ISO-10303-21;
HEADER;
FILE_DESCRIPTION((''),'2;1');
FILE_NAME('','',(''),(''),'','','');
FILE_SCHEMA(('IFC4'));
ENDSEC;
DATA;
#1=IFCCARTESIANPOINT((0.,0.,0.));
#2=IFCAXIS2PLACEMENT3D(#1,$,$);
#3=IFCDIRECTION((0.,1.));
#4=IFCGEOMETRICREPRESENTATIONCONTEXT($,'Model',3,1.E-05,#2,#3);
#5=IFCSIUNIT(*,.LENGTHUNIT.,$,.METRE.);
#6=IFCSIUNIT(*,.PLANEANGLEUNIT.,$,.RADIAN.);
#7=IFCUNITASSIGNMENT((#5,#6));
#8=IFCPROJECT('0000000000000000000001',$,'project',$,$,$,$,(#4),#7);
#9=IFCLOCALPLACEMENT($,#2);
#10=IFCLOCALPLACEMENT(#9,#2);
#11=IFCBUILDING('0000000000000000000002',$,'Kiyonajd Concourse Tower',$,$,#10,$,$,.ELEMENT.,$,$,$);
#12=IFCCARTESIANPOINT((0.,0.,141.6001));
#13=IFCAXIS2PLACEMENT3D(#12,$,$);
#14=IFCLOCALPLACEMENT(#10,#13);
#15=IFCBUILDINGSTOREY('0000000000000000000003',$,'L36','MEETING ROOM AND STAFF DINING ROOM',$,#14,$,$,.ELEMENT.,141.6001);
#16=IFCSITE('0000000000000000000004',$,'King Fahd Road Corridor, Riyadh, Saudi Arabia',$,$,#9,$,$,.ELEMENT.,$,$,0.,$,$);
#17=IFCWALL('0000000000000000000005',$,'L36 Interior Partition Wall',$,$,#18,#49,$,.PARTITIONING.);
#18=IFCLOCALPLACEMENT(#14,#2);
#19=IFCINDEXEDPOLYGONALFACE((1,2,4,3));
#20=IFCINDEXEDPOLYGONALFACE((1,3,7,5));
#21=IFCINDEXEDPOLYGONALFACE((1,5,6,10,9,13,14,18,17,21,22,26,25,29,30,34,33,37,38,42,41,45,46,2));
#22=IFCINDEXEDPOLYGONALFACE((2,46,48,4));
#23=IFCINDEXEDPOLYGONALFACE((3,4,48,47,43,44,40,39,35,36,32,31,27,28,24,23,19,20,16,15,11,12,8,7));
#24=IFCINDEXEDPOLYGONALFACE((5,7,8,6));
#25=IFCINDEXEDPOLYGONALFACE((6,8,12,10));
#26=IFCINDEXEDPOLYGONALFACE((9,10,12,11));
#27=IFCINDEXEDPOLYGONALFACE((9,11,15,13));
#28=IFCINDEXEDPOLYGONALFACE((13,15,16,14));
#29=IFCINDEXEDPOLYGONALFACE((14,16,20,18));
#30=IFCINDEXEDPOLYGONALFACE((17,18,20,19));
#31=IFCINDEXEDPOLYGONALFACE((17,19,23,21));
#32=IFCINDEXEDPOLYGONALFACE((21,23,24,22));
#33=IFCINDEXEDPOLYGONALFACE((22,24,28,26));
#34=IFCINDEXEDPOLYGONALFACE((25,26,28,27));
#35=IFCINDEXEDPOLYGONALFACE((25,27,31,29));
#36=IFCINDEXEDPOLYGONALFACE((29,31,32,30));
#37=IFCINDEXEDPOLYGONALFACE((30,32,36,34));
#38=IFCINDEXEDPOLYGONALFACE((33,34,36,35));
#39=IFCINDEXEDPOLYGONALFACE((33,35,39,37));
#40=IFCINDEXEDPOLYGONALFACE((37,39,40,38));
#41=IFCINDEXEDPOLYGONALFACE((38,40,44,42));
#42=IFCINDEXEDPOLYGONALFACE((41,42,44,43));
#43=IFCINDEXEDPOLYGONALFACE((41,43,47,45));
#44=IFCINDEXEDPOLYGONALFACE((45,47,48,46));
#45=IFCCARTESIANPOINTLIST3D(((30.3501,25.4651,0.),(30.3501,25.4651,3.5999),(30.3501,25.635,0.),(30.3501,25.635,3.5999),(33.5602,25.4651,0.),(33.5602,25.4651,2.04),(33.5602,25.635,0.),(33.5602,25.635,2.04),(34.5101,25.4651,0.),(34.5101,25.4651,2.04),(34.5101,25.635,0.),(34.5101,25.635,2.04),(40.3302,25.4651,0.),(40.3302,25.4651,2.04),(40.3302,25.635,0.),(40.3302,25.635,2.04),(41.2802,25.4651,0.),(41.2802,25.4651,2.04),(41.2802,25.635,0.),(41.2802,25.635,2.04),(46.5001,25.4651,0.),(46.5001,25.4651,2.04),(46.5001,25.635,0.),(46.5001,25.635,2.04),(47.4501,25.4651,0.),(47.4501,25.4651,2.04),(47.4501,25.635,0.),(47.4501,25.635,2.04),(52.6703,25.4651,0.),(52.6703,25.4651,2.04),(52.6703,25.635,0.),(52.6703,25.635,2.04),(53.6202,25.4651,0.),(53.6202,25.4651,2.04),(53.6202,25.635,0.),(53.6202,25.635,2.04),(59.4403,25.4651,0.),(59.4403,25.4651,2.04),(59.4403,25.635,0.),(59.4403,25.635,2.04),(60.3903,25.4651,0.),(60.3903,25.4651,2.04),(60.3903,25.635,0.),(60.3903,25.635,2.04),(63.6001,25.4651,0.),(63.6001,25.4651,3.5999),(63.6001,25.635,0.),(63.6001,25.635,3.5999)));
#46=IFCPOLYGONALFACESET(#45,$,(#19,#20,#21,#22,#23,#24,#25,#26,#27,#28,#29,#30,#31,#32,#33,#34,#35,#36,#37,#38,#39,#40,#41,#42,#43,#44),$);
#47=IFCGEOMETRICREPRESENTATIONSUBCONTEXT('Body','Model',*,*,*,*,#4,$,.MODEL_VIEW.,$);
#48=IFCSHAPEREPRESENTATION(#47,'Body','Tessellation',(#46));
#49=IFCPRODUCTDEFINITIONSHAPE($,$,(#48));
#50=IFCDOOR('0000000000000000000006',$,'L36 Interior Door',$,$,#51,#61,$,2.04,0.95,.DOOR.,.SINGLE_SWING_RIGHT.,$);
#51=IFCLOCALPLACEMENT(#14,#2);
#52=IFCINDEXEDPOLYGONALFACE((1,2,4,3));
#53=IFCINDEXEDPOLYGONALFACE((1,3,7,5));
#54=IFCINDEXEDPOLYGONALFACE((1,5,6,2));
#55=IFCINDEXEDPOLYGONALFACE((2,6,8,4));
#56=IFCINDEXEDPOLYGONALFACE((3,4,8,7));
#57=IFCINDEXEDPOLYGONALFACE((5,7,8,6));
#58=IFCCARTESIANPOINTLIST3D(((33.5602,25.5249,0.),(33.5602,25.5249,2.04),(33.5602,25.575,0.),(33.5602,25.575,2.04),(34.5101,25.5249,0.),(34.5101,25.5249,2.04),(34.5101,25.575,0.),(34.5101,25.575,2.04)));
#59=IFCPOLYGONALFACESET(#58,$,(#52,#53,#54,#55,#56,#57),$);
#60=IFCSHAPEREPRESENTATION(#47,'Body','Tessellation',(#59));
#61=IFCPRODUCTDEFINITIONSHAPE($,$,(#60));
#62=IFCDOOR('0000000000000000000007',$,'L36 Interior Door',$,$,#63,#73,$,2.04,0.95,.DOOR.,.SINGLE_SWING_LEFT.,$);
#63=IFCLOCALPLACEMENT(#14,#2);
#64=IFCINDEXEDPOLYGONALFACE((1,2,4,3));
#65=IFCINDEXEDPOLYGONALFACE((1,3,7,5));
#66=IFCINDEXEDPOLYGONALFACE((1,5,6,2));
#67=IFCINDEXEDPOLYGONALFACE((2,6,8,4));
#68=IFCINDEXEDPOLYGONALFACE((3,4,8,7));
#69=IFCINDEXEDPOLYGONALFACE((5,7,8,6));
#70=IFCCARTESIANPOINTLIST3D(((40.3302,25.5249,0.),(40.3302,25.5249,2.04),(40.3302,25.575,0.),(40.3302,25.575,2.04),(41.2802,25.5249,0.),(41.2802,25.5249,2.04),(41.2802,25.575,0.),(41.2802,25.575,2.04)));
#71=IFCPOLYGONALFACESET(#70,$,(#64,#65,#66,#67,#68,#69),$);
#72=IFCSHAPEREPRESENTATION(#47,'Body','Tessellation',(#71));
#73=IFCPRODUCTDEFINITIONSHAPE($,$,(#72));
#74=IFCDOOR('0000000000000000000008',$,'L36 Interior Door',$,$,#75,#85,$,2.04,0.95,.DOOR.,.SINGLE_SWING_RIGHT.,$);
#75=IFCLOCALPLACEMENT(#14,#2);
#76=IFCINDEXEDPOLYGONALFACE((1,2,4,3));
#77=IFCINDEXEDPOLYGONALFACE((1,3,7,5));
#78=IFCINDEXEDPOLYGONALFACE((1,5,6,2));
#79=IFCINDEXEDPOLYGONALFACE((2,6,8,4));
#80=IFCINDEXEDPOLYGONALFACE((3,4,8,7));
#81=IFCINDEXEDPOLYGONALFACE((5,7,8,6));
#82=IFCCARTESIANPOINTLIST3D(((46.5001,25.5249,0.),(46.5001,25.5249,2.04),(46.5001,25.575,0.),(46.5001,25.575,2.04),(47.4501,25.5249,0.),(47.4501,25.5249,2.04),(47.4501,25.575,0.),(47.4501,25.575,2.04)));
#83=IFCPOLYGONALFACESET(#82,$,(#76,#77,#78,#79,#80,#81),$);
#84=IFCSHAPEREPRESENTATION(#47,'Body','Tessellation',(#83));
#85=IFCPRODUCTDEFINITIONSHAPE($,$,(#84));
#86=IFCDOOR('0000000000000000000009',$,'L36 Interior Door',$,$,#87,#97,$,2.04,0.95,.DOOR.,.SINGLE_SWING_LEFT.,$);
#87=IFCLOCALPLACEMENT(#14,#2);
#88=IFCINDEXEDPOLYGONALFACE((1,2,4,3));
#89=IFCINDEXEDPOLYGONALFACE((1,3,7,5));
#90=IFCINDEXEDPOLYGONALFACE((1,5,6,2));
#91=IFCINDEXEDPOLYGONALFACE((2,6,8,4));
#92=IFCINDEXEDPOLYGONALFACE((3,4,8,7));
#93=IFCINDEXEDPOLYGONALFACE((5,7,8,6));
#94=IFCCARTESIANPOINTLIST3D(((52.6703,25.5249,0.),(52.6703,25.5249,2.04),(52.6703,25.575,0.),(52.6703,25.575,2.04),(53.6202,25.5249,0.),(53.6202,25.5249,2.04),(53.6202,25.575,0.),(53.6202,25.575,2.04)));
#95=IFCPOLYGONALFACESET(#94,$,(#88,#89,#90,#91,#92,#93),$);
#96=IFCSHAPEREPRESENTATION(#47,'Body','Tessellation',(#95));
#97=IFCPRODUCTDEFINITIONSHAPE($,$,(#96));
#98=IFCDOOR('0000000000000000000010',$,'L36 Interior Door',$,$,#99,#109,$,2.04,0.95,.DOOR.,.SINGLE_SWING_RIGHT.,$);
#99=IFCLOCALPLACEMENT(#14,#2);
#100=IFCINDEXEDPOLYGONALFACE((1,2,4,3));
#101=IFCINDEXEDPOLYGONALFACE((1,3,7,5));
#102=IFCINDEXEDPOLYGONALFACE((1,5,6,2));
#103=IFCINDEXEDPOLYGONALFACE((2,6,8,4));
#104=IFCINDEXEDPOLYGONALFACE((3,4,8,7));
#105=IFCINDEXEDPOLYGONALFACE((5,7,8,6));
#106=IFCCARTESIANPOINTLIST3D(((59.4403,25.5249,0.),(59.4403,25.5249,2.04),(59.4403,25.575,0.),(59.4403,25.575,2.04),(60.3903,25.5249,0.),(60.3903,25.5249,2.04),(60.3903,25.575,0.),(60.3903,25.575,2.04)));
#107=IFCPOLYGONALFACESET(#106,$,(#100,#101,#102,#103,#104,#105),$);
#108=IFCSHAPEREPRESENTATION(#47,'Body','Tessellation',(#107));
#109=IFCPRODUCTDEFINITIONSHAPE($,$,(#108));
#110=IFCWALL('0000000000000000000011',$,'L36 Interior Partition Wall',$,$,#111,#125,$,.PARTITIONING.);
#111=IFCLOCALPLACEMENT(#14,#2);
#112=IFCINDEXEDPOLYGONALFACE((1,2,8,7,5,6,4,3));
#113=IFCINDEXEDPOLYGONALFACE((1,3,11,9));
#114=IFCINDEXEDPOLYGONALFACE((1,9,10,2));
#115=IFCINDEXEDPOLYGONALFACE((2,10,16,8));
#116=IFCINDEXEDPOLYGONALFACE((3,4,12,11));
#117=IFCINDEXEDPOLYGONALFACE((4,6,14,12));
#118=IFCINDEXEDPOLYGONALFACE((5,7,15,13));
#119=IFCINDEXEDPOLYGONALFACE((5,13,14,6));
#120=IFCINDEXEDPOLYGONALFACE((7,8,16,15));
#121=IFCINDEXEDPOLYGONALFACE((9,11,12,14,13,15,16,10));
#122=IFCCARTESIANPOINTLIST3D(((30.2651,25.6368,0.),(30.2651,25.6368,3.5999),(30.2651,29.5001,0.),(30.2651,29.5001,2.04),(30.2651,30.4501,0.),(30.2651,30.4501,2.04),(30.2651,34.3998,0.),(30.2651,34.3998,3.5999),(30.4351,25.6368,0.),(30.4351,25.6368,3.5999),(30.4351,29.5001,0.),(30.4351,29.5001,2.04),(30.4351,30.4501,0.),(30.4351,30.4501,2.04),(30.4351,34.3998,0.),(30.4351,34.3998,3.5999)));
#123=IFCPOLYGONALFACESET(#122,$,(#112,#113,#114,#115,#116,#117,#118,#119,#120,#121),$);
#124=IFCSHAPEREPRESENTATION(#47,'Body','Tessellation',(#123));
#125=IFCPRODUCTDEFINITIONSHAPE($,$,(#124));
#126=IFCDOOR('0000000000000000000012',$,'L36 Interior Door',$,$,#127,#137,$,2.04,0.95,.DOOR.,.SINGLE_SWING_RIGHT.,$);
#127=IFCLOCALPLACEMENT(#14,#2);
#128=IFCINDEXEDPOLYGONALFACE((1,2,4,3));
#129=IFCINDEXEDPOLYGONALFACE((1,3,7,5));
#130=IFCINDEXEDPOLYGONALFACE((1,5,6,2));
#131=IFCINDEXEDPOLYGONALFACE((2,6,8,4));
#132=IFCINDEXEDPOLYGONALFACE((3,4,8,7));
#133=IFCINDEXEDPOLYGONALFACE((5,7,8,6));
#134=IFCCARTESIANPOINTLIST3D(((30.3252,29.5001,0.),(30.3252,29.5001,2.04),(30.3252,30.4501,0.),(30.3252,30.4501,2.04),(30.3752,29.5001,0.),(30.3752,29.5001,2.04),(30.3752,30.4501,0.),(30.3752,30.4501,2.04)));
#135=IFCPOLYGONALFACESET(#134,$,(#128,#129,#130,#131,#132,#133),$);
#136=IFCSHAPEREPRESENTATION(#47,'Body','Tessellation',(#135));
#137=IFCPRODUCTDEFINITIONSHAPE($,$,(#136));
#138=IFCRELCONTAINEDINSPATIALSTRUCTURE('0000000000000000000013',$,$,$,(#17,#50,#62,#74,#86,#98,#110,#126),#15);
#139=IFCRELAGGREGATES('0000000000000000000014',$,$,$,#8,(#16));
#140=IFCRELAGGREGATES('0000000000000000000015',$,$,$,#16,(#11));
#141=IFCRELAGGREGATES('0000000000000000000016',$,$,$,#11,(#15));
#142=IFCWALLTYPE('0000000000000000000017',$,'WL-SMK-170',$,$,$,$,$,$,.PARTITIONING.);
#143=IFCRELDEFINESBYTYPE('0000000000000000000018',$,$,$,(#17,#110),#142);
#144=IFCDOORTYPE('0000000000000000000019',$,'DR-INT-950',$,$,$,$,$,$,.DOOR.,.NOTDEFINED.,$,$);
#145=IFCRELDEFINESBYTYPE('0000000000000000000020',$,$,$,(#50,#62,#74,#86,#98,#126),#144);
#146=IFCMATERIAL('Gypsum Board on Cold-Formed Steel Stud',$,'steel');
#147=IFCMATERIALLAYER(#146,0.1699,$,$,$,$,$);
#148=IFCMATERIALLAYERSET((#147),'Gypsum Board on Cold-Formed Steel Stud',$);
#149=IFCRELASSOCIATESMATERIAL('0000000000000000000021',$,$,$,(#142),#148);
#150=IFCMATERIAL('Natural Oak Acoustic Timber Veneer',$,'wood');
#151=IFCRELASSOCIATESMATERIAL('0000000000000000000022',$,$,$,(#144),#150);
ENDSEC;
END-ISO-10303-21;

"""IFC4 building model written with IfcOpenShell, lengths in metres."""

from ifc_helpers import new_model, si_unit, direction, frame, frame_2d, origin, place, context, subcontext, project, spatial, rectangle, extrude, material, layer, layer_set, type_object, element, fill, save


model = new_model("IFC4")

# Units and contexts
model_context = context("Model", 3, precision=1e-05, world=origin(), true_north=direction((0.0, 1.0)))
body_context = subcontext(model_context, "Body", "Model", "MODEL_VIEW")
ifc_project = project(units=[si_unit("LENGTHUNIT", "METRE"), si_unit("PLANEANGLEUNIT", "RADIAN")], contexts=[model_context])

# Site, building, storey
site_placement = place(None, origin())
site = spatial("IfcSite", under=ifc_project, at=site_placement, Name="King Fahd Road Corridor, Riyadh, Saudi Arabia", CompositionType="ELEMENT", RefElevation=0.0)
building_placement = place(site_placement, origin())
building = spatial("IfcBuilding", under=site, at=building_placement, Name="Kiyonajd Concourse Tower", CompositionType="ELEMENT")
storey_placement = place(building_placement, frame((0.0, 0.0, 141.6001)))
storey = spatial("IfcBuildingStorey", under=building, at=storey_placement, Name="L36", Description="MEETING ROOM AND STAFF DINING ROOM", CompositionType="ELEMENT", Elevation=141.6001)

# Shared definitions
ifc_material_1 = material(Name="Gypsum Board on Cold-Formed Steel Stud", Category="steel")

# Wall, openings, doors
ifc_layer_1 = layer(ifc_material_1, 0.1699)
ifc_layer_set_1 = layer_set([ifc_layer_1], Name="Gypsum Board on Cold-Formed Steel Stud")
wall_type_1 = type_object("IfcWallType", Name="WL-SMK-170", PredefinedType="PARTITIONING", material=ifc_layer_set_1)
wall_1_placement = place(storey_placement, frame((30.3501, 25.55, 0.0), z_axis=(0.0, 0.0, 1.0), x_axis=(1.0, 0.0, 0.0)))
wall_1 = element("IfcWall", 1, at=wall_1_placement, inside=storey, type_object=wall_type_1, Name="L36 Interior Partition Wall", PredefinedType="PARTITIONING", context=body_context, shape_type="SweptSolid", body=[
    extrude(rectangle(XDim=33.25, YDim=0.1699, at=frame_2d((16.625, 0.0))), origin(), (0.0, 0.0, 1.0), 3.5999),
])
opening_1_placement = place(wall_1_placement, frame((3.21, 0.0, 0.0)))
opening_1 = element("IfcOpeningElement", 2, at=opening_1_placement, cuts=wall_1, PredefinedType="OPENING", context=body_context, shape_type="SweptSolid", body=[
    extrude(rectangle(XDim=0.95, YDim=2.04, at=frame_2d((0.4751, 1.02))), frame((0.0, 0.095, 0.0), z_axis=(0.0, -1.0, 0.0), x_axis=(1.0, 0.0, 0.0)), (0.0, 0.0, 1.0), 0.1899),
])
opening_2_placement = place(wall_1_placement, frame((9.98, 0.0, 0.0)))
opening_2 = element("IfcOpeningElement", 3, at=opening_2_placement, cuts=wall_1, PredefinedType="OPENING", context=body_context, shape_type="SweptSolid", body=[
    extrude(rectangle(XDim=0.95, YDim=2.04, at=frame_2d((0.4751, 1.02))), frame((0.0, 0.095, 0.0), z_axis=(0.0, -1.0, 0.0), x_axis=(1.0, 0.0, 0.0)), (0.0, 0.0, 1.0), 0.1899),
])
opening_3_placement = place(wall_1_placement, frame((16.1499, 0.0, 0.0)))
opening_3 = element("IfcOpeningElement", 4, at=opening_3_placement, cuts=wall_1, PredefinedType="OPENING", context=body_context, shape_type="SweptSolid", body=[
    extrude(rectangle(XDim=0.95, YDim=2.04, at=frame_2d((0.4751, 1.02))), frame((0.0, 0.095, 0.0), z_axis=(0.0, -1.0, 0.0), x_axis=(1.0, 0.0, 0.0)), (0.0, 0.0, 1.0), 0.1899),
])
opening_4_placement = place(wall_1_placement, frame((22.3201, 0.0, 0.0)))
opening_4 = element("IfcOpeningElement", 5, at=opening_4_placement, cuts=wall_1, PredefinedType="OPENING", context=body_context, shape_type="SweptSolid", body=[
    extrude(rectangle(XDim=0.95, YDim=2.04, at=frame_2d((0.4751, 1.02))), frame((0.0, 0.095, 0.0), z_axis=(0.0, -1.0, 0.0), x_axis=(1.0, 0.0, 0.0)), (0.0, 0.0, 1.0), 0.1899),
])
opening_5_placement = place(wall_1_placement, frame((29.0901, 0.0, 0.0)))
opening_5 = element("IfcOpeningElement", 6, at=opening_5_placement, cuts=wall_1, PredefinedType="OPENING", context=body_context, shape_type="SweptSolid", body=[
    extrude(rectangle(XDim=0.95, YDim=2.04, at=frame_2d((0.4751, 1.02))), frame((0.0, 0.095, 0.0), z_axis=(0.0, -1.0, 0.0), x_axis=(1.0, 0.0, 0.0)), (0.0, 0.0, 1.0), 0.1899),
])
ifc_material_2 = material(Name="Natural Oak Acoustic Timber Veneer", Category="wood")
door_type = type_object("IfcDoorType", Name="DR-INT-950", OperationType="NOTDEFINED", PredefinedType="DOOR", material=ifc_material_2)
door_1_placement = place(opening_1_placement, origin())
door_1 = element("IfcDoor", 7, at=door_1_placement, inside=storey, type_object=door_type, Name="L36 Interior Door", OperationType="SINGLE_SWING_RIGHT", OverallHeight=2.04, OverallWidth=0.95, PredefinedType="DOOR", context=body_context, shape_type="SweptSolid", body=[
    extrude(rectangle(XDim=0.95, YDim=2.04, at=frame_2d((0.4751, 1.02))), frame((0.0, 0.0249, 0.0), z_axis=(0.0, -1.0, 0.0), x_axis=(1.0, 0.0, 0.0)), (0.0, 0.0, 1.0), 0.05),
])
fill(opening_1, door_1)
door_2_placement = place(opening_2_placement, origin())
door_2 = element("IfcDoor", 8, at=door_2_placement, inside=storey, type_object=door_type, Name="L36 Interior Door", OperationType="SINGLE_SWING_LEFT", OverallHeight=2.04, OverallWidth=0.95, PredefinedType="DOOR", context=body_context, shape_type="SweptSolid", body=[
    extrude(rectangle(XDim=0.95, YDim=2.04, at=frame_2d((0.4751, 1.02))), frame((0.0, 0.0249, 0.0), z_axis=(0.0, -1.0, 0.0), x_axis=(1.0, 0.0, 0.0)), (0.0, 0.0, 1.0), 0.05),
])
fill(opening_2, door_2)
door_3_placement = place(opening_3_placement, origin())
door_3 = element("IfcDoor", 9, at=door_3_placement, inside=storey, type_object=door_type, Name="L36 Interior Door", OperationType="SINGLE_SWING_RIGHT", OverallHeight=2.04, OverallWidth=0.95, PredefinedType="DOOR", context=body_context, shape_type="SweptSolid", body=[
    extrude(rectangle(XDim=0.95, YDim=2.04, at=frame_2d((0.4751, 1.02))), frame((0.0, 0.0249, 0.0), z_axis=(0.0, -1.0, 0.0), x_axis=(1.0, 0.0, 0.0)), (0.0, 0.0, 1.0), 0.05),
])
fill(opening_3, door_3)
door_4_placement = place(opening_4_placement, origin())
door_4 = element("IfcDoor", 10, at=door_4_placement, inside=storey, type_object=door_type, Name="L36 Interior Door", OperationType="SINGLE_SWING_LEFT", OverallHeight=2.04, OverallWidth=0.95, PredefinedType="DOOR", context=body_context, shape_type="SweptSolid", body=[
    extrude(rectangle(XDim=0.95, YDim=2.04, at=frame_2d((0.4751, 1.02))), frame((0.0, 0.0249, 0.0), z_axis=(0.0, -1.0, 0.0), x_axis=(1.0, 0.0, 0.0)), (0.0, 0.0, 1.0), 0.05),
])
fill(opening_4, door_4)
door_5_placement = place(opening_5_placement, origin())
door_5 = element("IfcDoor", 11, at=door_5_placement, inside=storey, type_object=door_type, Name="L36 Interior Door", OperationType="SINGLE_SWING_RIGHT", OverallHeight=2.04, OverallWidth=0.95, PredefinedType="DOOR", context=body_context, shape_type="SweptSolid", body=[
    extrude(rectangle(XDim=0.95, YDim=2.04, at=frame_2d((0.4751, 1.02))), frame((0.0, 0.0249, 0.0), z_axis=(0.0, -1.0, 0.0), x_axis=(1.0, 0.0, 0.0)), (0.0, 0.0, 1.0), 0.05),
])
fill(opening_5, door_5)

# Wall, opening, door
wall_2_placement = place(storey_placement, frame((30.3501, 25.637, 0.0), z_axis=(0.0, 0.0, 1.0), x_axis=(0.0, 1.0, 0.0)))
wall_2 = element("IfcWall", 12, at=wall_2_placement, inside=storey, type_object=wall_type_1, Name="L36 Interior Partition Wall", PredefinedType="PARTITIONING", context=body_context, shape_type="SweptSolid", body=[
    extrude(rectangle(XDim=8.7629, YDim=0.1699, at=frame_2d((4.3813, 0.0))), origin(), (0.0, 0.0, 1.0), 3.5999),
])
opening_6_placement = place(wall_2_placement, frame((3.863, 0.0, 0.0)))
opening_6 = element("IfcOpeningElement", 13, at=opening_6_placement, cuts=wall_2, PredefinedType="OPENING", context=body_context, shape_type="SweptSolid", body=[
    extrude(rectangle(XDim=0.95, YDim=2.04, at=frame_2d((0.4751, 1.02))), frame((0.0, 0.095, 0.0), z_axis=(0.0, -1.0, 0.0), x_axis=(1.0, 0.0, 0.0)), (0.0, 0.0, 1.0), 0.1899),
])
door_6_placement = place(opening_6_placement, origin())
door_6 = element("IfcDoor", 14, at=door_6_placement, inside=storey, type_object=door_type, Name="L36 Interior Door", OperationType="SINGLE_SWING_RIGHT", OverallHeight=2.04, OverallWidth=0.95, PredefinedType="DOOR", context=body_context, shape_type="SweptSolid", body=[
    extrude(rectangle(XDim=0.95, YDim=2.04, at=frame_2d((0.4751, 1.02))), frame((0.0, 0.0249, 0.0), z_axis=(0.0, -1.0, 0.0), x_axis=(1.0, 0.0, 0.0)), (0.0, 0.0, 1.0), 0.05),
])
fill(opening_6, door_6)

save(model, "model.ifc")
